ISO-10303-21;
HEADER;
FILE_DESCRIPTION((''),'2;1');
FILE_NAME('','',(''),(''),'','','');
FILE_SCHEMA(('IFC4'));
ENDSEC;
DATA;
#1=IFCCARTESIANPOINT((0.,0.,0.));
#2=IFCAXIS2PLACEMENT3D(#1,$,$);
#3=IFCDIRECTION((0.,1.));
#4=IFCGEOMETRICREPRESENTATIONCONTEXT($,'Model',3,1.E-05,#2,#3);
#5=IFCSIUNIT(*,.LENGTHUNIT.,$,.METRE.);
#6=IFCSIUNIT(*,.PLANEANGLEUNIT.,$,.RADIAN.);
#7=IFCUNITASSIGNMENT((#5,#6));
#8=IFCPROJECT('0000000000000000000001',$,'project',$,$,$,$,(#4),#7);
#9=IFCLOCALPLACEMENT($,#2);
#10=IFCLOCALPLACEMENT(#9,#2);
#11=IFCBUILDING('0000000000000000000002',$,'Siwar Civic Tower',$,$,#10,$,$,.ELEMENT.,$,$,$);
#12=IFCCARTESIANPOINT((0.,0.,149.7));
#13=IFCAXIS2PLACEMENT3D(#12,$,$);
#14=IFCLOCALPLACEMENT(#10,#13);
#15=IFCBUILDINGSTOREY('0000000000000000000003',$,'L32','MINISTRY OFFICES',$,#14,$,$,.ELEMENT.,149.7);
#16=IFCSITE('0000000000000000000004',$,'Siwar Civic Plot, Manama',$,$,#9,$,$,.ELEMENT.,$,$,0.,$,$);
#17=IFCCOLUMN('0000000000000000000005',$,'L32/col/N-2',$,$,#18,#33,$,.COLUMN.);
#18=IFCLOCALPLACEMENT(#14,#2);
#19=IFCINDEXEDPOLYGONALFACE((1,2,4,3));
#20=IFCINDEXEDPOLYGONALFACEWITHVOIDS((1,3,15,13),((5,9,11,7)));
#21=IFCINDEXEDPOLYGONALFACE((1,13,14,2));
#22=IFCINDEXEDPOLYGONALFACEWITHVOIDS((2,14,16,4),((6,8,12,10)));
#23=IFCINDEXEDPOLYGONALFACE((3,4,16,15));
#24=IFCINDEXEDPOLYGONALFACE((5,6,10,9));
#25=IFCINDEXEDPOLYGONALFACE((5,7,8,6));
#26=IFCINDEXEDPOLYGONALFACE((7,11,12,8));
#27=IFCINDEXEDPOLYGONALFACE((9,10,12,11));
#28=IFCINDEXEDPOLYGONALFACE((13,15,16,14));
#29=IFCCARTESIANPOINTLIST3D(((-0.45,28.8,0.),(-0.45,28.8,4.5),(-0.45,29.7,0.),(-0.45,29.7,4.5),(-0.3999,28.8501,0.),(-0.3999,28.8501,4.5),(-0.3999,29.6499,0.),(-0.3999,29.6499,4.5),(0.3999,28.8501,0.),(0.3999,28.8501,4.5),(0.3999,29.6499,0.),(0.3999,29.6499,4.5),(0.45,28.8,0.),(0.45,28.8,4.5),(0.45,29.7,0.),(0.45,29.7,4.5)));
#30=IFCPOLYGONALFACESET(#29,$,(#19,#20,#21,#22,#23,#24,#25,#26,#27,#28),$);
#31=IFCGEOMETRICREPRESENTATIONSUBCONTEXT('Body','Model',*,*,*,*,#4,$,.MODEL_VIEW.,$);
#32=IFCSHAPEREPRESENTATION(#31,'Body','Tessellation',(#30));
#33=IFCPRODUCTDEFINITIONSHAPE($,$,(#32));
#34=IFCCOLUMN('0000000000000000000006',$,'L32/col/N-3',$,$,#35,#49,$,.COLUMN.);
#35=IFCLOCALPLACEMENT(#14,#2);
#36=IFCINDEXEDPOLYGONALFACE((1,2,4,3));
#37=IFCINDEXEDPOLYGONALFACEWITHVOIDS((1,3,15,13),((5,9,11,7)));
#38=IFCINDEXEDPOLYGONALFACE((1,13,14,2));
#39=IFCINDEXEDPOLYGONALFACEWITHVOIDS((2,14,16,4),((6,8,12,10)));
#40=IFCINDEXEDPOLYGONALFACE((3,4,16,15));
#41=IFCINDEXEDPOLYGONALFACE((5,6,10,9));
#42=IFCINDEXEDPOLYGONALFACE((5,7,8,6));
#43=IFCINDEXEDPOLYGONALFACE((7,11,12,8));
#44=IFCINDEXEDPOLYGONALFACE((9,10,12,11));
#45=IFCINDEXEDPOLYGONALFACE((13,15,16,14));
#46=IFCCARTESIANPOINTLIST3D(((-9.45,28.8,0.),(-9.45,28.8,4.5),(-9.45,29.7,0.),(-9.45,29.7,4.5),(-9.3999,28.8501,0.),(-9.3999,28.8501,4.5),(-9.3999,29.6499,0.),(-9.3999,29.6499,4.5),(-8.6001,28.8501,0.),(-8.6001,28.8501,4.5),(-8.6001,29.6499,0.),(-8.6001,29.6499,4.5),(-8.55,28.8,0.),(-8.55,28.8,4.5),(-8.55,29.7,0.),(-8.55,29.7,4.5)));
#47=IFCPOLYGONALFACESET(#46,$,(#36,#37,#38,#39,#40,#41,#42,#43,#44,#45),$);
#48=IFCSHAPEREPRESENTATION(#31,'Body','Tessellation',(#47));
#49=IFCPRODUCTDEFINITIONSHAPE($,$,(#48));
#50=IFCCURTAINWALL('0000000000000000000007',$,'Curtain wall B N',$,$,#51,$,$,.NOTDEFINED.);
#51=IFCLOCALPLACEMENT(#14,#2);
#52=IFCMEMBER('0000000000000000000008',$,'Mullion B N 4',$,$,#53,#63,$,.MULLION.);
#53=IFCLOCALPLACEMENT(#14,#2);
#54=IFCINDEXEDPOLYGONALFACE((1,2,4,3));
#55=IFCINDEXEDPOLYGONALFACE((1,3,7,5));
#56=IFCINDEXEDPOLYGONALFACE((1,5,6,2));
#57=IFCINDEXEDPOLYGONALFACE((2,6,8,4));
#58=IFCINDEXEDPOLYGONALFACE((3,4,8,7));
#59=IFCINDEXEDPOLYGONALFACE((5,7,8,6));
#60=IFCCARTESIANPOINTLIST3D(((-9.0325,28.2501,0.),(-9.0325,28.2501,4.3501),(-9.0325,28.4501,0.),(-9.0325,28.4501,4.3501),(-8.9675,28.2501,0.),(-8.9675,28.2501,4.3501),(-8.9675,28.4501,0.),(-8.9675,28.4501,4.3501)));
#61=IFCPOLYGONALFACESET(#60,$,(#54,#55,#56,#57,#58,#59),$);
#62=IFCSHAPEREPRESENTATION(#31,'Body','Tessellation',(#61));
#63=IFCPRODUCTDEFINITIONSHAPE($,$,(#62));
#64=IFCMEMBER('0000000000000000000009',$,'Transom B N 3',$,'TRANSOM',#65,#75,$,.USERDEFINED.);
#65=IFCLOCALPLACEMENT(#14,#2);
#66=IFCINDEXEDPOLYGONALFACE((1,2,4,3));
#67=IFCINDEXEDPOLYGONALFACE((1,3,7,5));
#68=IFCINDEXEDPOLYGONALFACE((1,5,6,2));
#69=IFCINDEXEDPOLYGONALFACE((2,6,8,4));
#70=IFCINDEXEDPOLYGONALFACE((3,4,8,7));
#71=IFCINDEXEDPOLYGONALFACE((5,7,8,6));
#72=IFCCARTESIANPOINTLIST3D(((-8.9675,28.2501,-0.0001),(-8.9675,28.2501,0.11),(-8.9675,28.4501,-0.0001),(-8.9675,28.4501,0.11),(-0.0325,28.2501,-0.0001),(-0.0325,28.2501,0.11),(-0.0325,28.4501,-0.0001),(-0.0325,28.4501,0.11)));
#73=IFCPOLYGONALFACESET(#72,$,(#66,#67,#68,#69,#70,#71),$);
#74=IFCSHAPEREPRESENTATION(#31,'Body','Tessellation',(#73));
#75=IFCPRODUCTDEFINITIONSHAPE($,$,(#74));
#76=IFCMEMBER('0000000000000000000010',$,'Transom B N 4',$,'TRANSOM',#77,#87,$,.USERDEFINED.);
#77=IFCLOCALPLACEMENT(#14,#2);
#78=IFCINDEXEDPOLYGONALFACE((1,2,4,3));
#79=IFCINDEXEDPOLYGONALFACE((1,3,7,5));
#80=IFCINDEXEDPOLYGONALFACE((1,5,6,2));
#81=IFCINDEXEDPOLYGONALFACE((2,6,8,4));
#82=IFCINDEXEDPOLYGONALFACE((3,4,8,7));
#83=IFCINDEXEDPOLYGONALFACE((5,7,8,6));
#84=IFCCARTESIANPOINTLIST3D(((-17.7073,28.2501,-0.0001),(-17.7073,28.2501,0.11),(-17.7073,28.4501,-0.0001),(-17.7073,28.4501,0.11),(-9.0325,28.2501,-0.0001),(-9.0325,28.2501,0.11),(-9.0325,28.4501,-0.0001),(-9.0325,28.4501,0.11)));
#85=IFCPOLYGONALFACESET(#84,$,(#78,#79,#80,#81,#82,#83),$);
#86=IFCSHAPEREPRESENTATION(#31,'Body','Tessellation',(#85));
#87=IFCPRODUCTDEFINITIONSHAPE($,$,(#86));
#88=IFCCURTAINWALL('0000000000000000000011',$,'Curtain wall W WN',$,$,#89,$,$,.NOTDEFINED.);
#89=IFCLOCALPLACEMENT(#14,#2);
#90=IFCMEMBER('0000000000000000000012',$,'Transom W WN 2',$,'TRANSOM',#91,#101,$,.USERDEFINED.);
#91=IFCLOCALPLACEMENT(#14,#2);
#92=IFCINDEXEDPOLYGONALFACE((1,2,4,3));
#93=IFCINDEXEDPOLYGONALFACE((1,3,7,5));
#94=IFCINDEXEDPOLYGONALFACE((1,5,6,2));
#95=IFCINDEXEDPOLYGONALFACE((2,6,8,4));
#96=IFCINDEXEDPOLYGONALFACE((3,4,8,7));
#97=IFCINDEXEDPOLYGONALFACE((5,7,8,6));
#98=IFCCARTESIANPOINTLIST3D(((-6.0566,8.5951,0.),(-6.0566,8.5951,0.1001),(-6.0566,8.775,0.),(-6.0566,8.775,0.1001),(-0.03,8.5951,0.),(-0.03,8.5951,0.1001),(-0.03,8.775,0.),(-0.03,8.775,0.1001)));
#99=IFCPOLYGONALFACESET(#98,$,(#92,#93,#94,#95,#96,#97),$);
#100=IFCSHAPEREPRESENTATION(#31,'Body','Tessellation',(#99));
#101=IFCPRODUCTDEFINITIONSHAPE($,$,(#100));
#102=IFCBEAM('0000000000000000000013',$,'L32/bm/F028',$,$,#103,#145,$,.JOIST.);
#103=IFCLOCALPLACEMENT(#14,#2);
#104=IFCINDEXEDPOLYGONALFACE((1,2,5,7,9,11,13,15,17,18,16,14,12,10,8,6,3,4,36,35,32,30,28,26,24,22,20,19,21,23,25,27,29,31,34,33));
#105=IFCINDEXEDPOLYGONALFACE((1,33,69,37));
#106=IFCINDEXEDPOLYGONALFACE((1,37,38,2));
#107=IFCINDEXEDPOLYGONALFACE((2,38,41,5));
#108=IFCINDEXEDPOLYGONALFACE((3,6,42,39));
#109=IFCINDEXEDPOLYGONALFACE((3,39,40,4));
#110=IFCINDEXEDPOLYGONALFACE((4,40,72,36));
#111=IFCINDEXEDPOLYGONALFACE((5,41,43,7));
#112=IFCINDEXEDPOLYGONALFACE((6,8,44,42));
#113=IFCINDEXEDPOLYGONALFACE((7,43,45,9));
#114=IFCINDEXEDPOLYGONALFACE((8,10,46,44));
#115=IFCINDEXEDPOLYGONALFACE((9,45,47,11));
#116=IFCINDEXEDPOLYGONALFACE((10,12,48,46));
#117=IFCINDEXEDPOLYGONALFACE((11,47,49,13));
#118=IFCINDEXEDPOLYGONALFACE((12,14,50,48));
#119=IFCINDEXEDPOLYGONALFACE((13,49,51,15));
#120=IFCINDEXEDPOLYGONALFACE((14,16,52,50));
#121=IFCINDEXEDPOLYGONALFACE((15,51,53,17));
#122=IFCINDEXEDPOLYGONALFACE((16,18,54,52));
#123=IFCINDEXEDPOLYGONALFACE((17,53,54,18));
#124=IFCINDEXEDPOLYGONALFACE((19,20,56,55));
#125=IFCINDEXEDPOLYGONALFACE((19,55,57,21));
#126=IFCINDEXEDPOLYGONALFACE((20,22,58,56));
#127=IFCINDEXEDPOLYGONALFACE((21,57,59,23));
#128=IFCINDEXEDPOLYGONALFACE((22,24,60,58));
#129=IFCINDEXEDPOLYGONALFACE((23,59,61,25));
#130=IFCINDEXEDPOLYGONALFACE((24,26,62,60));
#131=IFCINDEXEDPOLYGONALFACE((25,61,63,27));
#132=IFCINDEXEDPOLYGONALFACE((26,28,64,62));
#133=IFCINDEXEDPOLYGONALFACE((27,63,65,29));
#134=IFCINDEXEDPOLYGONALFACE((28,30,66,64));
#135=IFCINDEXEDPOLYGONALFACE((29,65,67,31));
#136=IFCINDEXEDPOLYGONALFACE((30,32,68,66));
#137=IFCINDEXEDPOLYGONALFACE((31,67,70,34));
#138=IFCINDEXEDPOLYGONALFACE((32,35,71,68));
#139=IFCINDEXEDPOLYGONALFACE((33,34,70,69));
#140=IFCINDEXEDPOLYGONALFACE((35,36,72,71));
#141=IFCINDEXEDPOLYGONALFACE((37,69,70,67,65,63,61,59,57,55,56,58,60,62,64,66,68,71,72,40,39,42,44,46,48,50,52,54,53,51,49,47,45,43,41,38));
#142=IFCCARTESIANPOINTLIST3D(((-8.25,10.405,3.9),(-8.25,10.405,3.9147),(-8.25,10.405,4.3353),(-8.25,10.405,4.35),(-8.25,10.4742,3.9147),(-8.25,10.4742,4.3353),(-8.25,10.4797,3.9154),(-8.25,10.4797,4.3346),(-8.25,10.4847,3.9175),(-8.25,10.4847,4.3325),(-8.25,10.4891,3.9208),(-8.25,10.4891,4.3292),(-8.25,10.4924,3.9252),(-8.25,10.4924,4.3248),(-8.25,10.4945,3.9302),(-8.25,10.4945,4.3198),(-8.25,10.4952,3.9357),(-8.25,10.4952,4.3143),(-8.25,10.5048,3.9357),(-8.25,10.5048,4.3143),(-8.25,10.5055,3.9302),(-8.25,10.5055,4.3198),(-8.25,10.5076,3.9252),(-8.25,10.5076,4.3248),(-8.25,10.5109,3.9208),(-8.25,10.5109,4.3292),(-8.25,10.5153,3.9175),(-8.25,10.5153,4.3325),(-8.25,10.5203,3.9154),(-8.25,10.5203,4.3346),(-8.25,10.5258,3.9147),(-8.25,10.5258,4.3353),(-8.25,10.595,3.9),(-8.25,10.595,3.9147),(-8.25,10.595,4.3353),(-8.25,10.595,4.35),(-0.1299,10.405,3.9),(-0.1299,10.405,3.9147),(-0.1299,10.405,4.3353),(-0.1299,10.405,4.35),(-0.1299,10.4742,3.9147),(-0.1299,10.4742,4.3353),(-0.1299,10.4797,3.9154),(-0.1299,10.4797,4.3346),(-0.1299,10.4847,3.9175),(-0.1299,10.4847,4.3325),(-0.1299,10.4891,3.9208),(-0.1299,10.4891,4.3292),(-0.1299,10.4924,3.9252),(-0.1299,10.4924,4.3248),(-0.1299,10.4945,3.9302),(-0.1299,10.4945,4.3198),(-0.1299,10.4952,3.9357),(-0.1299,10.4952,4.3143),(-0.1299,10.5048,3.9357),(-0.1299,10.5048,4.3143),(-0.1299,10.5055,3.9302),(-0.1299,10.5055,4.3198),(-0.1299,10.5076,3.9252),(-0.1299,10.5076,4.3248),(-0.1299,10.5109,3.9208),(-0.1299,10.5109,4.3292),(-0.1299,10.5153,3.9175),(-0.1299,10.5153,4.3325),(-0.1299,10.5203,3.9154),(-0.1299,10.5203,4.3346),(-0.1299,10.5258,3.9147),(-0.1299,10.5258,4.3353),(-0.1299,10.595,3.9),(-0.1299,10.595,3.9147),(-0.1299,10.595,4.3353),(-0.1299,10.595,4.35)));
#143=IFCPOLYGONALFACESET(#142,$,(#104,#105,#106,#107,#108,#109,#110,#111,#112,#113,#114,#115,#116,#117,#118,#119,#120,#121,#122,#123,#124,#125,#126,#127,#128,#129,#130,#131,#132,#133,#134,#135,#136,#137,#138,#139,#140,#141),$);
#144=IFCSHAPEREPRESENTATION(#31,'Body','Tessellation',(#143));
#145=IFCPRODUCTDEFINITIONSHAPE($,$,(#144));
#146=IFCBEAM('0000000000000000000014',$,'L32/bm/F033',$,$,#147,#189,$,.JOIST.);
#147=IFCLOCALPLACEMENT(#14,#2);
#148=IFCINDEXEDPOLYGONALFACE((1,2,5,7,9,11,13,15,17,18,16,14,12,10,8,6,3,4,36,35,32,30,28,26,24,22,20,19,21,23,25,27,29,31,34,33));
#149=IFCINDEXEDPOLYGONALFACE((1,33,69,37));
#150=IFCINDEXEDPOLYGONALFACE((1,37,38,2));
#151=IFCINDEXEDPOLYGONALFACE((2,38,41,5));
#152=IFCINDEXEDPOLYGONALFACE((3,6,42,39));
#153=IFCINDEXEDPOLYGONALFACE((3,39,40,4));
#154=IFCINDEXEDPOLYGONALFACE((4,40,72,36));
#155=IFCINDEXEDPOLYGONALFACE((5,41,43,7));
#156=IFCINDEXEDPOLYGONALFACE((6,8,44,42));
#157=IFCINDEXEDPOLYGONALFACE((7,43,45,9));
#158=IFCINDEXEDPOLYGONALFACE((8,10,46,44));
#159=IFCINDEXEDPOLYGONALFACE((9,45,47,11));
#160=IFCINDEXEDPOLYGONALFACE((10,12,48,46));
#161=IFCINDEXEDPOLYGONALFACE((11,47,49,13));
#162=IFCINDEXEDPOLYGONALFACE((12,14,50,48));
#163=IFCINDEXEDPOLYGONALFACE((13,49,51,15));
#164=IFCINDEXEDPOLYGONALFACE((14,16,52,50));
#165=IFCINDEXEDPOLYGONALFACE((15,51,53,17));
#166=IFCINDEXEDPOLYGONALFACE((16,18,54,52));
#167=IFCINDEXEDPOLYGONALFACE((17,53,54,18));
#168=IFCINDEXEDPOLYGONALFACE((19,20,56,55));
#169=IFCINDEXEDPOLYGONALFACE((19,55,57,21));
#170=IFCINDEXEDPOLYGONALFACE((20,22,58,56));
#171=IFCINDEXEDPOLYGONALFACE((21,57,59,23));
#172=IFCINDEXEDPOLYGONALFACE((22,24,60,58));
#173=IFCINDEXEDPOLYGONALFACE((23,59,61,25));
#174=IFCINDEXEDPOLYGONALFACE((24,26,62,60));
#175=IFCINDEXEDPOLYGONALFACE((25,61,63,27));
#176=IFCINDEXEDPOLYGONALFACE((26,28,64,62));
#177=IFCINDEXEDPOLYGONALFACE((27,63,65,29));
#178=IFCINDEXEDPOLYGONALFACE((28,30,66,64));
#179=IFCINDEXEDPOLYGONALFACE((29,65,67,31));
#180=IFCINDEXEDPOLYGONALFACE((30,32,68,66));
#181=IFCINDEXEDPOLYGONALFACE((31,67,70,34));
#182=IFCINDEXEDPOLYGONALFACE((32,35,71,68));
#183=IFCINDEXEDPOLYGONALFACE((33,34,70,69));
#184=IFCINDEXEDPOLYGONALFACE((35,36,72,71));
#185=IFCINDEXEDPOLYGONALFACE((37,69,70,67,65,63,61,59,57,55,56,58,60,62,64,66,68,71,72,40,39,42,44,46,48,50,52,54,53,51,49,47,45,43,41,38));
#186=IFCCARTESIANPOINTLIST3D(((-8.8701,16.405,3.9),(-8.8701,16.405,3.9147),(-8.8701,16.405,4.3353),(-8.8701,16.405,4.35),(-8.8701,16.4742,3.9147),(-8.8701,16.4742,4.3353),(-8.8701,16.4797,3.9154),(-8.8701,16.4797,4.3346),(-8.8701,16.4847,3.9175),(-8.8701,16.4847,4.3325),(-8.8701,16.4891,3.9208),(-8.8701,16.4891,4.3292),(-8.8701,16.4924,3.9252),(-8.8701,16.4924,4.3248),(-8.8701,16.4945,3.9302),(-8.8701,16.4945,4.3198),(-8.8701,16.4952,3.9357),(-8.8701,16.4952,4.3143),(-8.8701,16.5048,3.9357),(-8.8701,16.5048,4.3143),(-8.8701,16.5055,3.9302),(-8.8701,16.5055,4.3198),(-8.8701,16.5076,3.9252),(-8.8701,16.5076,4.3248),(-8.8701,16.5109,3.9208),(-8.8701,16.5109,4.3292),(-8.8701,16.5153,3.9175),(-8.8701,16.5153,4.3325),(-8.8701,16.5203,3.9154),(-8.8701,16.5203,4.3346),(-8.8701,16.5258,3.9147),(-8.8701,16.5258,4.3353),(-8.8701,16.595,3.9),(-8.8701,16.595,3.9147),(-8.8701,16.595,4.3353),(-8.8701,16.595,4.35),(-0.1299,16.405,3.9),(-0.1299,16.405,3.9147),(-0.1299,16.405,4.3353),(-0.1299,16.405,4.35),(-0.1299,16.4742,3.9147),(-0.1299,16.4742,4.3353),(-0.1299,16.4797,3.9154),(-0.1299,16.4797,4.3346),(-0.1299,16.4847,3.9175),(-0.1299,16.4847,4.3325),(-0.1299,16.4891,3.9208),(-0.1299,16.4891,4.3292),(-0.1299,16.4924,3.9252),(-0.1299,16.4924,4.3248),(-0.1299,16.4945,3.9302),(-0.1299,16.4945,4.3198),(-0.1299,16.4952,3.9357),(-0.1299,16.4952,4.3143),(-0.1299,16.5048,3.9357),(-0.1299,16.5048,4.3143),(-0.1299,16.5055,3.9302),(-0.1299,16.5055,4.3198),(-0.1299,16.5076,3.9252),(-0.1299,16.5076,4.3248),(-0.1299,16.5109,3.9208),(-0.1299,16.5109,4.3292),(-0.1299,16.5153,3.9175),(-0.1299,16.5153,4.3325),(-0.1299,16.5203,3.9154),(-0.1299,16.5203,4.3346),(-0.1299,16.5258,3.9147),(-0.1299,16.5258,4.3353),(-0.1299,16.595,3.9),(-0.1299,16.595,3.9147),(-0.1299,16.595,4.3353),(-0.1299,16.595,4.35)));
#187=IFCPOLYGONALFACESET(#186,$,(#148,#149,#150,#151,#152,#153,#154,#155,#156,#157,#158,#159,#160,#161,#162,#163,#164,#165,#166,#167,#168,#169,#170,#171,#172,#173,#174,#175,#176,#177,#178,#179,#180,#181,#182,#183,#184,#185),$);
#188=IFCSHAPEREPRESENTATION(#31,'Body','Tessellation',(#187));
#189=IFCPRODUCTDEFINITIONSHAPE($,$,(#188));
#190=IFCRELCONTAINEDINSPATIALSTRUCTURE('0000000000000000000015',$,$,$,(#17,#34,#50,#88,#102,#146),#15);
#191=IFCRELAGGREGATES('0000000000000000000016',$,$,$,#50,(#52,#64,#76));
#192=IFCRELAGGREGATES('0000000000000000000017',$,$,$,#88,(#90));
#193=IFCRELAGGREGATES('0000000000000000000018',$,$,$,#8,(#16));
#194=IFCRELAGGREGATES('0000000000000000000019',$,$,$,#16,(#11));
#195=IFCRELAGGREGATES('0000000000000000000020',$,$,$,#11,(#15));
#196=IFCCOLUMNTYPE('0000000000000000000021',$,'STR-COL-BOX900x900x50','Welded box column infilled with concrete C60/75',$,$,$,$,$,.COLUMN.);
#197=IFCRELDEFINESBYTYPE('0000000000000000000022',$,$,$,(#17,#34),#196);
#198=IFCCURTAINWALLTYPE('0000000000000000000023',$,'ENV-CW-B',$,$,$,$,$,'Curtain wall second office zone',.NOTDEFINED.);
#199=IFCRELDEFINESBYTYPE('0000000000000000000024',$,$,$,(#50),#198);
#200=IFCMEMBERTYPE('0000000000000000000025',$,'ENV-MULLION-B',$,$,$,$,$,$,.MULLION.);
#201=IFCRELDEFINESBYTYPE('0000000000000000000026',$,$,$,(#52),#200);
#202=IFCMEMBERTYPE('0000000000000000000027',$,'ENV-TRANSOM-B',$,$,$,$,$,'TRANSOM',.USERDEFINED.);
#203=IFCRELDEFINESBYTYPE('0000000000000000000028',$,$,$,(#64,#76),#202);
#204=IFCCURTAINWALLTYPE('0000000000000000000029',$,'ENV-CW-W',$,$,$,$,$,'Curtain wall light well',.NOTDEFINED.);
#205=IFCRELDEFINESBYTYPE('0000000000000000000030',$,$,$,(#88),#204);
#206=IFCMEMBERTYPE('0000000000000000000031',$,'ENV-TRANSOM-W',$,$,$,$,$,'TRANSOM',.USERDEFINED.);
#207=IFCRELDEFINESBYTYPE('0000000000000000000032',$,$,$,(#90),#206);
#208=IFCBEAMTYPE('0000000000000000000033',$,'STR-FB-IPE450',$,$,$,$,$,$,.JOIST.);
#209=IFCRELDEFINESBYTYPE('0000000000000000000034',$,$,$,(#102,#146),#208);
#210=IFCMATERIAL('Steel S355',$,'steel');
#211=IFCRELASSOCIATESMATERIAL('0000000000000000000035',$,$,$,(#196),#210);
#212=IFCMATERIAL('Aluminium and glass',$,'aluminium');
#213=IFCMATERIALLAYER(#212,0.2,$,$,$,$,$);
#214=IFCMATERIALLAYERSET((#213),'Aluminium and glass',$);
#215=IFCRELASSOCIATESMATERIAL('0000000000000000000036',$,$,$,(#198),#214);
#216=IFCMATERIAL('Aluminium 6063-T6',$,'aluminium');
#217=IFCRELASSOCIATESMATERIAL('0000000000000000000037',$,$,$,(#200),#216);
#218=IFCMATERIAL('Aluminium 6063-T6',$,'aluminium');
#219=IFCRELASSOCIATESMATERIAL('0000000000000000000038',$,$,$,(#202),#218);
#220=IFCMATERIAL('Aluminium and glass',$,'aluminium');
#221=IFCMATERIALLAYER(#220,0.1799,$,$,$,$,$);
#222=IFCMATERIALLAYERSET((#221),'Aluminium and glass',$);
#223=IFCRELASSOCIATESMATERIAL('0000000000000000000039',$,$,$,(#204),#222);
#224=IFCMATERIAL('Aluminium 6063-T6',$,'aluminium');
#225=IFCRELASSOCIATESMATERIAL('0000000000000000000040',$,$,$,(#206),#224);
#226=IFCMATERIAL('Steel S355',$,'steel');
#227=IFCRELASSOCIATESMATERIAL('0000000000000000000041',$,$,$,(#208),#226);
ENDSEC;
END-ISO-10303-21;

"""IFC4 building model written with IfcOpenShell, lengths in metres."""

from ifc_helpers import new_model, si_unit, direction, frame, origin, origin_2d, place, context, subcontext, project, spatial, rectangle, hollow_rectangle, i_section, extrude, material, layer, layer_set, material_profile, profile_set, type_object, element, aggregate, save


model = new_model("IFC4")

# Units and contexts
model_context = context("Model", 3, precision=1e-05, world=origin(), true_north=direction((0.0, 1.0)))
body_context = subcontext(model_context, "Body", "Model", "MODEL_VIEW")
ifc_project = project(units=[si_unit("LENGTHUNIT", "METRE"), si_unit("PLANEANGLEUNIT", "RADIAN")], contexts=[model_context])

# Site, building, storey
site_placement = place(None, origin())
site = spatial("IfcSite", under=ifc_project, at=site_placement, Name="Siwar Civic Plot, Manama", CompositionType="ELEMENT", RefElevation=0.0)
building_placement = place(site_placement, origin())
building = spatial("IfcBuilding", under=site, at=building_placement, Name="Siwar Civic Tower", CompositionType="ELEMENT")
storey_placement = place(building_placement, frame((0.0, 0.0, 149.7)))
storey = spatial("IfcBuildingStorey", under=building, at=storey_placement, Name="L32", Description="MINISTRY OFFICES", CompositionType="ELEMENT", Elevation=149.7)

# Columns
ifc_material_1 = material(Name="Steel S355", Category="steel")
ifc_material_profile_1 = material_profile(ifc_material_1, hollow_rectangle(XDim=0.8999, YDim=0.8999, WallThickness=0.05, at=origin_2d()), Name="BOX900x900x50")
ifc_profile_set_1 = profile_set([ifc_material_profile_1], Name="Steel S355")
column_type = type_object("IfcColumnType", Name="STR-COL-BOX900x900x50", Description="Welded box column infilled with concrete C60/75", PredefinedType="COLUMN", material=ifc_profile_set_1)
for number, where, z_axis, x_axis, name in (
    (1, (0.0, 29.25, 0.0), (0.0, 0.0, 1.0), (1.0, 0.0, 0.0), "L32/col/N-2"),
    (2, (-9.0, 29.25, 0.0), (0.0, 0.0, 1.0), (1.0, 0.0, 0.0), "L32/col/N-3"),
):
    element("IfcColumn", number, at=place(storey_placement, frame(where, z_axis=z_axis, x_axis=x_axis)), inside=storey, type_object=column_type, Name=name, PredefinedType="COLUMN", context=body_context, shape_type="SweptSolid", body=[
        extrude(hollow_rectangle(XDim=0.8999, YDim=0.8999, WallThickness=0.05, at=origin_2d()), origin(), (0.0, 0.0, 1.0), 4.5),
    ])

# Curtain wall, members
ifc_material_2 = material(Name="Aluminium and glass", Category="aluminium")
ifc_layer_1 = layer(ifc_material_2, 0.2)
ifc_layer_set_1 = layer_set([ifc_layer_1], Name="Aluminium and glass")
curtain_wall_type_1 = type_object("IfcCurtainWallType", Name="ENV-CW-B", ElementType="Curtain wall second office zone", PredefinedType="NOTDEFINED", material=ifc_layer_set_1)
curtain_wall_1_placement = place(storey_placement, origin())
curtain_wall_1 = element("IfcCurtainWall", 3, at=curtain_wall_1_placement, inside=storey, type_object=curtain_wall_type_1, Name="Curtain wall B N", PredefinedType="NOTDEFINED")
ifc_material_3 = material(Name="Aluminium 6063-T6", Category="aluminium")
ifc_material_profile_2 = material_profile(ifc_material_3, rectangle(XDim=0.2, YDim=0.0649, at=origin_2d()), Name="AL 200x65")
ifc_profile_set_2 = profile_set([ifc_material_profile_2], Name="Aluminium 6063-T6")
member_type_1 = type_object("IfcMemberType", Name="ENV-MULLION-B", PredefinedType="MULLION", material=ifc_profile_set_2)
member_1_placement = place(storey_placement, frame((-9.0, 28.3501, 0.0), z_axis=(0.0, 0.0, 1.0), x_axis=(0.0, -1.0, 0.0)))
member_1 = element("IfcMember", 4, at=member_1_placement, type_object=member_type_1, Name="Mullion B N 4", PredefinedType="MULLION", context=body_context, shape_type="SweptSolid", body=[
    extrude(rectangle(XDim=0.2, YDim=0.0649, at=origin_2d()), origin(), (0.0, 0.0, 1.0), 4.3501),
])
ifc_material_4 = material(Name="Aluminium 6063-T6", Category="aluminium")
ifc_material_profile_3 = material_profile(ifc_material_4, rectangle(XDim=0.2, YDim=0.1101, at=origin_2d()), Name="AL 200x110")
ifc_profile_set_3 = profile_set([ifc_material_profile_3], Name="Aluminium 6063-T6")
member_type_2 = type_object("IfcMemberType", Name="ENV-TRANSOM-B", ElementType="TRANSOM", PredefinedType="USERDEFINED", material=ifc_profile_set_3)
member_2_placement = place(storey_placement, frame((-0.0325, 28.3501, 0.0549), z_axis=(-1.0, 0.0, 0.0), x_axis=(0.0, -1.0, 0.0)))
member_2 = element("IfcMember", 5, at=member_2_placement, type_object=member_type_2, Name="Transom B N 3", ObjectType="TRANSOM", PredefinedType="USERDEFINED", context=body_context, shape_type="SweptSolid", body=[
    extrude(rectangle(XDim=0.2, YDim=0.1101, at=origin_2d()), origin(), (0.0, 0.0, 1.0), 8.9351),
])
member_3_placement = place(storey_placement, frame((-9.0325, 28.3501, 0.0549), z_axis=(-1.0, 0.0, 0.0), x_axis=(0.0, -1.0, 0.0)))
member_3 = element("IfcMember", 6, at=member_3_placement, type_object=member_type_2, Name="Transom B N 4", ObjectType="TRANSOM", PredefinedType="USERDEFINED", context=body_context, shape_type="SweptSolid", body=[
    extrude(rectangle(XDim=0.2, YDim=0.1101, at=origin_2d()), origin(), (0.0, 0.0, 1.0), 8.6748),
])

# Curtain wall, member
ifc_material_5 = material(Name="Aluminium and glass", Category="aluminium")
ifc_layer_2 = layer(ifc_material_5, 0.1799)
ifc_layer_set_2 = layer_set([ifc_layer_2], Name="Aluminium and glass")
curtain_wall_type_2 = type_object("IfcCurtainWallType", Name="ENV-CW-W", ElementType="Curtain wall light well", PredefinedType="NOTDEFINED", material=ifc_layer_set_2)
curtain_wall_2_placement = place(storey_placement, origin())
curtain_wall_2 = element("IfcCurtainWall", 7, at=curtain_wall_2_placement, inside=storey, type_object=curtain_wall_type_2, Name="Curtain wall W WN", PredefinedType="NOTDEFINED")
ifc_material_6 = material(Name="Aluminium 6063-T6", Category="aluminium")
ifc_material_profile_4 = material_profile(ifc_material_6, rectangle(XDim=0.1799, YDim=0.1001, at=origin_2d()), Name="AL 180x100")
ifc_profile_set_4 = profile_set([ifc_material_profile_4], Name="Aluminium 6063-T6")
member_type_3 = type_object("IfcMemberType", Name="ENV-TRANSOM-W", ElementType="TRANSOM", PredefinedType="USERDEFINED", material=ifc_profile_set_4)
member_4_placement = place(storey_placement, frame((-0.03, 8.6851, 0.05), z_axis=(-1.0, 0.0, 0.0), x_axis=(0.0, -1.0, 0.0)))
member_4 = element("IfcMember", 8, at=member_4_placement, type_object=member_type_3, Name="Transom W WN 2", ObjectType="TRANSOM", PredefinedType="USERDEFINED", context=body_context, shape_type="SweptSolid", body=[
    extrude(rectangle(XDim=0.1799, YDim=0.1001, at=origin_2d()), origin(), (0.0, 0.0, 1.0), 6.0266),
])

# Beams
ifc_material_7 = material(Name="Steel S355", Category="steel")
ifc_material_profile_5 = material_profile(ifc_material_7, i_section(OverallWidth=0.1899, OverallDepth=0.45, WebThickness=0.0095, FlangeThickness=0.0146, FilletRadius=0.021, at=origin_2d()), Name="IPE450")
ifc_profile_set_5 = profile_set([ifc_material_profile_5], Name="Steel S355")
beam_type_1 = type_object("IfcBeamType", Name="STR-FB-IPE450", PredefinedType="JOIST", material=ifc_profile_set_5)
beam_1_placement = place(storey_placement, frame((-8.25, 10.5, 4.125), z_axis=(1.0, 0.0, 0.0), x_axis=(0.0, 1.0, 0.0)))
element("IfcBeam", 9, at=beam_1_placement, inside=storey, type_object=beam_type_1, Name="L32/bm/F028", PredefinedType="JOIST", context=body_context, shape_type="SweptSolid", body=[
    extrude(i_section(OverallWidth=0.1899, OverallDepth=0.45, WebThickness=0.0095, FlangeThickness=0.0146, FilletRadius=0.021, at=origin_2d()), origin(), (0.0, 0.0, 1.0), 8.1201),
])
for number, where, z_axis, x_axis, name in (
    (10, (-8.8701, 16.5, 4.125), (1.0, 0.0, 0.0), (0.0, 1.0, 0.0), "L32/bm/F033"),
):
    element("IfcBeam", number, at=place(storey_placement, frame(where, z_axis=z_axis, x_axis=x_axis)), inside=storey, type_object=beam_type_1, Name=name, PredefinedType="JOIST", context=body_context, shape_type="SweptSolid", body=[
        extrude(i_section(OverallWidth=0.1899, OverallDepth=0.45, WebThickness=0.0095, FlangeThickness=0.0146, FilletRadius=0.021, at=origin_2d()), origin(), (0.0, 0.0, 1.0), 8.7402),
    ])

aggregate(curtain_wall_1, [member_1, member_2, member_3])
aggregate(curtain_wall_2, [member_4])

save(model, "model.ifc")
